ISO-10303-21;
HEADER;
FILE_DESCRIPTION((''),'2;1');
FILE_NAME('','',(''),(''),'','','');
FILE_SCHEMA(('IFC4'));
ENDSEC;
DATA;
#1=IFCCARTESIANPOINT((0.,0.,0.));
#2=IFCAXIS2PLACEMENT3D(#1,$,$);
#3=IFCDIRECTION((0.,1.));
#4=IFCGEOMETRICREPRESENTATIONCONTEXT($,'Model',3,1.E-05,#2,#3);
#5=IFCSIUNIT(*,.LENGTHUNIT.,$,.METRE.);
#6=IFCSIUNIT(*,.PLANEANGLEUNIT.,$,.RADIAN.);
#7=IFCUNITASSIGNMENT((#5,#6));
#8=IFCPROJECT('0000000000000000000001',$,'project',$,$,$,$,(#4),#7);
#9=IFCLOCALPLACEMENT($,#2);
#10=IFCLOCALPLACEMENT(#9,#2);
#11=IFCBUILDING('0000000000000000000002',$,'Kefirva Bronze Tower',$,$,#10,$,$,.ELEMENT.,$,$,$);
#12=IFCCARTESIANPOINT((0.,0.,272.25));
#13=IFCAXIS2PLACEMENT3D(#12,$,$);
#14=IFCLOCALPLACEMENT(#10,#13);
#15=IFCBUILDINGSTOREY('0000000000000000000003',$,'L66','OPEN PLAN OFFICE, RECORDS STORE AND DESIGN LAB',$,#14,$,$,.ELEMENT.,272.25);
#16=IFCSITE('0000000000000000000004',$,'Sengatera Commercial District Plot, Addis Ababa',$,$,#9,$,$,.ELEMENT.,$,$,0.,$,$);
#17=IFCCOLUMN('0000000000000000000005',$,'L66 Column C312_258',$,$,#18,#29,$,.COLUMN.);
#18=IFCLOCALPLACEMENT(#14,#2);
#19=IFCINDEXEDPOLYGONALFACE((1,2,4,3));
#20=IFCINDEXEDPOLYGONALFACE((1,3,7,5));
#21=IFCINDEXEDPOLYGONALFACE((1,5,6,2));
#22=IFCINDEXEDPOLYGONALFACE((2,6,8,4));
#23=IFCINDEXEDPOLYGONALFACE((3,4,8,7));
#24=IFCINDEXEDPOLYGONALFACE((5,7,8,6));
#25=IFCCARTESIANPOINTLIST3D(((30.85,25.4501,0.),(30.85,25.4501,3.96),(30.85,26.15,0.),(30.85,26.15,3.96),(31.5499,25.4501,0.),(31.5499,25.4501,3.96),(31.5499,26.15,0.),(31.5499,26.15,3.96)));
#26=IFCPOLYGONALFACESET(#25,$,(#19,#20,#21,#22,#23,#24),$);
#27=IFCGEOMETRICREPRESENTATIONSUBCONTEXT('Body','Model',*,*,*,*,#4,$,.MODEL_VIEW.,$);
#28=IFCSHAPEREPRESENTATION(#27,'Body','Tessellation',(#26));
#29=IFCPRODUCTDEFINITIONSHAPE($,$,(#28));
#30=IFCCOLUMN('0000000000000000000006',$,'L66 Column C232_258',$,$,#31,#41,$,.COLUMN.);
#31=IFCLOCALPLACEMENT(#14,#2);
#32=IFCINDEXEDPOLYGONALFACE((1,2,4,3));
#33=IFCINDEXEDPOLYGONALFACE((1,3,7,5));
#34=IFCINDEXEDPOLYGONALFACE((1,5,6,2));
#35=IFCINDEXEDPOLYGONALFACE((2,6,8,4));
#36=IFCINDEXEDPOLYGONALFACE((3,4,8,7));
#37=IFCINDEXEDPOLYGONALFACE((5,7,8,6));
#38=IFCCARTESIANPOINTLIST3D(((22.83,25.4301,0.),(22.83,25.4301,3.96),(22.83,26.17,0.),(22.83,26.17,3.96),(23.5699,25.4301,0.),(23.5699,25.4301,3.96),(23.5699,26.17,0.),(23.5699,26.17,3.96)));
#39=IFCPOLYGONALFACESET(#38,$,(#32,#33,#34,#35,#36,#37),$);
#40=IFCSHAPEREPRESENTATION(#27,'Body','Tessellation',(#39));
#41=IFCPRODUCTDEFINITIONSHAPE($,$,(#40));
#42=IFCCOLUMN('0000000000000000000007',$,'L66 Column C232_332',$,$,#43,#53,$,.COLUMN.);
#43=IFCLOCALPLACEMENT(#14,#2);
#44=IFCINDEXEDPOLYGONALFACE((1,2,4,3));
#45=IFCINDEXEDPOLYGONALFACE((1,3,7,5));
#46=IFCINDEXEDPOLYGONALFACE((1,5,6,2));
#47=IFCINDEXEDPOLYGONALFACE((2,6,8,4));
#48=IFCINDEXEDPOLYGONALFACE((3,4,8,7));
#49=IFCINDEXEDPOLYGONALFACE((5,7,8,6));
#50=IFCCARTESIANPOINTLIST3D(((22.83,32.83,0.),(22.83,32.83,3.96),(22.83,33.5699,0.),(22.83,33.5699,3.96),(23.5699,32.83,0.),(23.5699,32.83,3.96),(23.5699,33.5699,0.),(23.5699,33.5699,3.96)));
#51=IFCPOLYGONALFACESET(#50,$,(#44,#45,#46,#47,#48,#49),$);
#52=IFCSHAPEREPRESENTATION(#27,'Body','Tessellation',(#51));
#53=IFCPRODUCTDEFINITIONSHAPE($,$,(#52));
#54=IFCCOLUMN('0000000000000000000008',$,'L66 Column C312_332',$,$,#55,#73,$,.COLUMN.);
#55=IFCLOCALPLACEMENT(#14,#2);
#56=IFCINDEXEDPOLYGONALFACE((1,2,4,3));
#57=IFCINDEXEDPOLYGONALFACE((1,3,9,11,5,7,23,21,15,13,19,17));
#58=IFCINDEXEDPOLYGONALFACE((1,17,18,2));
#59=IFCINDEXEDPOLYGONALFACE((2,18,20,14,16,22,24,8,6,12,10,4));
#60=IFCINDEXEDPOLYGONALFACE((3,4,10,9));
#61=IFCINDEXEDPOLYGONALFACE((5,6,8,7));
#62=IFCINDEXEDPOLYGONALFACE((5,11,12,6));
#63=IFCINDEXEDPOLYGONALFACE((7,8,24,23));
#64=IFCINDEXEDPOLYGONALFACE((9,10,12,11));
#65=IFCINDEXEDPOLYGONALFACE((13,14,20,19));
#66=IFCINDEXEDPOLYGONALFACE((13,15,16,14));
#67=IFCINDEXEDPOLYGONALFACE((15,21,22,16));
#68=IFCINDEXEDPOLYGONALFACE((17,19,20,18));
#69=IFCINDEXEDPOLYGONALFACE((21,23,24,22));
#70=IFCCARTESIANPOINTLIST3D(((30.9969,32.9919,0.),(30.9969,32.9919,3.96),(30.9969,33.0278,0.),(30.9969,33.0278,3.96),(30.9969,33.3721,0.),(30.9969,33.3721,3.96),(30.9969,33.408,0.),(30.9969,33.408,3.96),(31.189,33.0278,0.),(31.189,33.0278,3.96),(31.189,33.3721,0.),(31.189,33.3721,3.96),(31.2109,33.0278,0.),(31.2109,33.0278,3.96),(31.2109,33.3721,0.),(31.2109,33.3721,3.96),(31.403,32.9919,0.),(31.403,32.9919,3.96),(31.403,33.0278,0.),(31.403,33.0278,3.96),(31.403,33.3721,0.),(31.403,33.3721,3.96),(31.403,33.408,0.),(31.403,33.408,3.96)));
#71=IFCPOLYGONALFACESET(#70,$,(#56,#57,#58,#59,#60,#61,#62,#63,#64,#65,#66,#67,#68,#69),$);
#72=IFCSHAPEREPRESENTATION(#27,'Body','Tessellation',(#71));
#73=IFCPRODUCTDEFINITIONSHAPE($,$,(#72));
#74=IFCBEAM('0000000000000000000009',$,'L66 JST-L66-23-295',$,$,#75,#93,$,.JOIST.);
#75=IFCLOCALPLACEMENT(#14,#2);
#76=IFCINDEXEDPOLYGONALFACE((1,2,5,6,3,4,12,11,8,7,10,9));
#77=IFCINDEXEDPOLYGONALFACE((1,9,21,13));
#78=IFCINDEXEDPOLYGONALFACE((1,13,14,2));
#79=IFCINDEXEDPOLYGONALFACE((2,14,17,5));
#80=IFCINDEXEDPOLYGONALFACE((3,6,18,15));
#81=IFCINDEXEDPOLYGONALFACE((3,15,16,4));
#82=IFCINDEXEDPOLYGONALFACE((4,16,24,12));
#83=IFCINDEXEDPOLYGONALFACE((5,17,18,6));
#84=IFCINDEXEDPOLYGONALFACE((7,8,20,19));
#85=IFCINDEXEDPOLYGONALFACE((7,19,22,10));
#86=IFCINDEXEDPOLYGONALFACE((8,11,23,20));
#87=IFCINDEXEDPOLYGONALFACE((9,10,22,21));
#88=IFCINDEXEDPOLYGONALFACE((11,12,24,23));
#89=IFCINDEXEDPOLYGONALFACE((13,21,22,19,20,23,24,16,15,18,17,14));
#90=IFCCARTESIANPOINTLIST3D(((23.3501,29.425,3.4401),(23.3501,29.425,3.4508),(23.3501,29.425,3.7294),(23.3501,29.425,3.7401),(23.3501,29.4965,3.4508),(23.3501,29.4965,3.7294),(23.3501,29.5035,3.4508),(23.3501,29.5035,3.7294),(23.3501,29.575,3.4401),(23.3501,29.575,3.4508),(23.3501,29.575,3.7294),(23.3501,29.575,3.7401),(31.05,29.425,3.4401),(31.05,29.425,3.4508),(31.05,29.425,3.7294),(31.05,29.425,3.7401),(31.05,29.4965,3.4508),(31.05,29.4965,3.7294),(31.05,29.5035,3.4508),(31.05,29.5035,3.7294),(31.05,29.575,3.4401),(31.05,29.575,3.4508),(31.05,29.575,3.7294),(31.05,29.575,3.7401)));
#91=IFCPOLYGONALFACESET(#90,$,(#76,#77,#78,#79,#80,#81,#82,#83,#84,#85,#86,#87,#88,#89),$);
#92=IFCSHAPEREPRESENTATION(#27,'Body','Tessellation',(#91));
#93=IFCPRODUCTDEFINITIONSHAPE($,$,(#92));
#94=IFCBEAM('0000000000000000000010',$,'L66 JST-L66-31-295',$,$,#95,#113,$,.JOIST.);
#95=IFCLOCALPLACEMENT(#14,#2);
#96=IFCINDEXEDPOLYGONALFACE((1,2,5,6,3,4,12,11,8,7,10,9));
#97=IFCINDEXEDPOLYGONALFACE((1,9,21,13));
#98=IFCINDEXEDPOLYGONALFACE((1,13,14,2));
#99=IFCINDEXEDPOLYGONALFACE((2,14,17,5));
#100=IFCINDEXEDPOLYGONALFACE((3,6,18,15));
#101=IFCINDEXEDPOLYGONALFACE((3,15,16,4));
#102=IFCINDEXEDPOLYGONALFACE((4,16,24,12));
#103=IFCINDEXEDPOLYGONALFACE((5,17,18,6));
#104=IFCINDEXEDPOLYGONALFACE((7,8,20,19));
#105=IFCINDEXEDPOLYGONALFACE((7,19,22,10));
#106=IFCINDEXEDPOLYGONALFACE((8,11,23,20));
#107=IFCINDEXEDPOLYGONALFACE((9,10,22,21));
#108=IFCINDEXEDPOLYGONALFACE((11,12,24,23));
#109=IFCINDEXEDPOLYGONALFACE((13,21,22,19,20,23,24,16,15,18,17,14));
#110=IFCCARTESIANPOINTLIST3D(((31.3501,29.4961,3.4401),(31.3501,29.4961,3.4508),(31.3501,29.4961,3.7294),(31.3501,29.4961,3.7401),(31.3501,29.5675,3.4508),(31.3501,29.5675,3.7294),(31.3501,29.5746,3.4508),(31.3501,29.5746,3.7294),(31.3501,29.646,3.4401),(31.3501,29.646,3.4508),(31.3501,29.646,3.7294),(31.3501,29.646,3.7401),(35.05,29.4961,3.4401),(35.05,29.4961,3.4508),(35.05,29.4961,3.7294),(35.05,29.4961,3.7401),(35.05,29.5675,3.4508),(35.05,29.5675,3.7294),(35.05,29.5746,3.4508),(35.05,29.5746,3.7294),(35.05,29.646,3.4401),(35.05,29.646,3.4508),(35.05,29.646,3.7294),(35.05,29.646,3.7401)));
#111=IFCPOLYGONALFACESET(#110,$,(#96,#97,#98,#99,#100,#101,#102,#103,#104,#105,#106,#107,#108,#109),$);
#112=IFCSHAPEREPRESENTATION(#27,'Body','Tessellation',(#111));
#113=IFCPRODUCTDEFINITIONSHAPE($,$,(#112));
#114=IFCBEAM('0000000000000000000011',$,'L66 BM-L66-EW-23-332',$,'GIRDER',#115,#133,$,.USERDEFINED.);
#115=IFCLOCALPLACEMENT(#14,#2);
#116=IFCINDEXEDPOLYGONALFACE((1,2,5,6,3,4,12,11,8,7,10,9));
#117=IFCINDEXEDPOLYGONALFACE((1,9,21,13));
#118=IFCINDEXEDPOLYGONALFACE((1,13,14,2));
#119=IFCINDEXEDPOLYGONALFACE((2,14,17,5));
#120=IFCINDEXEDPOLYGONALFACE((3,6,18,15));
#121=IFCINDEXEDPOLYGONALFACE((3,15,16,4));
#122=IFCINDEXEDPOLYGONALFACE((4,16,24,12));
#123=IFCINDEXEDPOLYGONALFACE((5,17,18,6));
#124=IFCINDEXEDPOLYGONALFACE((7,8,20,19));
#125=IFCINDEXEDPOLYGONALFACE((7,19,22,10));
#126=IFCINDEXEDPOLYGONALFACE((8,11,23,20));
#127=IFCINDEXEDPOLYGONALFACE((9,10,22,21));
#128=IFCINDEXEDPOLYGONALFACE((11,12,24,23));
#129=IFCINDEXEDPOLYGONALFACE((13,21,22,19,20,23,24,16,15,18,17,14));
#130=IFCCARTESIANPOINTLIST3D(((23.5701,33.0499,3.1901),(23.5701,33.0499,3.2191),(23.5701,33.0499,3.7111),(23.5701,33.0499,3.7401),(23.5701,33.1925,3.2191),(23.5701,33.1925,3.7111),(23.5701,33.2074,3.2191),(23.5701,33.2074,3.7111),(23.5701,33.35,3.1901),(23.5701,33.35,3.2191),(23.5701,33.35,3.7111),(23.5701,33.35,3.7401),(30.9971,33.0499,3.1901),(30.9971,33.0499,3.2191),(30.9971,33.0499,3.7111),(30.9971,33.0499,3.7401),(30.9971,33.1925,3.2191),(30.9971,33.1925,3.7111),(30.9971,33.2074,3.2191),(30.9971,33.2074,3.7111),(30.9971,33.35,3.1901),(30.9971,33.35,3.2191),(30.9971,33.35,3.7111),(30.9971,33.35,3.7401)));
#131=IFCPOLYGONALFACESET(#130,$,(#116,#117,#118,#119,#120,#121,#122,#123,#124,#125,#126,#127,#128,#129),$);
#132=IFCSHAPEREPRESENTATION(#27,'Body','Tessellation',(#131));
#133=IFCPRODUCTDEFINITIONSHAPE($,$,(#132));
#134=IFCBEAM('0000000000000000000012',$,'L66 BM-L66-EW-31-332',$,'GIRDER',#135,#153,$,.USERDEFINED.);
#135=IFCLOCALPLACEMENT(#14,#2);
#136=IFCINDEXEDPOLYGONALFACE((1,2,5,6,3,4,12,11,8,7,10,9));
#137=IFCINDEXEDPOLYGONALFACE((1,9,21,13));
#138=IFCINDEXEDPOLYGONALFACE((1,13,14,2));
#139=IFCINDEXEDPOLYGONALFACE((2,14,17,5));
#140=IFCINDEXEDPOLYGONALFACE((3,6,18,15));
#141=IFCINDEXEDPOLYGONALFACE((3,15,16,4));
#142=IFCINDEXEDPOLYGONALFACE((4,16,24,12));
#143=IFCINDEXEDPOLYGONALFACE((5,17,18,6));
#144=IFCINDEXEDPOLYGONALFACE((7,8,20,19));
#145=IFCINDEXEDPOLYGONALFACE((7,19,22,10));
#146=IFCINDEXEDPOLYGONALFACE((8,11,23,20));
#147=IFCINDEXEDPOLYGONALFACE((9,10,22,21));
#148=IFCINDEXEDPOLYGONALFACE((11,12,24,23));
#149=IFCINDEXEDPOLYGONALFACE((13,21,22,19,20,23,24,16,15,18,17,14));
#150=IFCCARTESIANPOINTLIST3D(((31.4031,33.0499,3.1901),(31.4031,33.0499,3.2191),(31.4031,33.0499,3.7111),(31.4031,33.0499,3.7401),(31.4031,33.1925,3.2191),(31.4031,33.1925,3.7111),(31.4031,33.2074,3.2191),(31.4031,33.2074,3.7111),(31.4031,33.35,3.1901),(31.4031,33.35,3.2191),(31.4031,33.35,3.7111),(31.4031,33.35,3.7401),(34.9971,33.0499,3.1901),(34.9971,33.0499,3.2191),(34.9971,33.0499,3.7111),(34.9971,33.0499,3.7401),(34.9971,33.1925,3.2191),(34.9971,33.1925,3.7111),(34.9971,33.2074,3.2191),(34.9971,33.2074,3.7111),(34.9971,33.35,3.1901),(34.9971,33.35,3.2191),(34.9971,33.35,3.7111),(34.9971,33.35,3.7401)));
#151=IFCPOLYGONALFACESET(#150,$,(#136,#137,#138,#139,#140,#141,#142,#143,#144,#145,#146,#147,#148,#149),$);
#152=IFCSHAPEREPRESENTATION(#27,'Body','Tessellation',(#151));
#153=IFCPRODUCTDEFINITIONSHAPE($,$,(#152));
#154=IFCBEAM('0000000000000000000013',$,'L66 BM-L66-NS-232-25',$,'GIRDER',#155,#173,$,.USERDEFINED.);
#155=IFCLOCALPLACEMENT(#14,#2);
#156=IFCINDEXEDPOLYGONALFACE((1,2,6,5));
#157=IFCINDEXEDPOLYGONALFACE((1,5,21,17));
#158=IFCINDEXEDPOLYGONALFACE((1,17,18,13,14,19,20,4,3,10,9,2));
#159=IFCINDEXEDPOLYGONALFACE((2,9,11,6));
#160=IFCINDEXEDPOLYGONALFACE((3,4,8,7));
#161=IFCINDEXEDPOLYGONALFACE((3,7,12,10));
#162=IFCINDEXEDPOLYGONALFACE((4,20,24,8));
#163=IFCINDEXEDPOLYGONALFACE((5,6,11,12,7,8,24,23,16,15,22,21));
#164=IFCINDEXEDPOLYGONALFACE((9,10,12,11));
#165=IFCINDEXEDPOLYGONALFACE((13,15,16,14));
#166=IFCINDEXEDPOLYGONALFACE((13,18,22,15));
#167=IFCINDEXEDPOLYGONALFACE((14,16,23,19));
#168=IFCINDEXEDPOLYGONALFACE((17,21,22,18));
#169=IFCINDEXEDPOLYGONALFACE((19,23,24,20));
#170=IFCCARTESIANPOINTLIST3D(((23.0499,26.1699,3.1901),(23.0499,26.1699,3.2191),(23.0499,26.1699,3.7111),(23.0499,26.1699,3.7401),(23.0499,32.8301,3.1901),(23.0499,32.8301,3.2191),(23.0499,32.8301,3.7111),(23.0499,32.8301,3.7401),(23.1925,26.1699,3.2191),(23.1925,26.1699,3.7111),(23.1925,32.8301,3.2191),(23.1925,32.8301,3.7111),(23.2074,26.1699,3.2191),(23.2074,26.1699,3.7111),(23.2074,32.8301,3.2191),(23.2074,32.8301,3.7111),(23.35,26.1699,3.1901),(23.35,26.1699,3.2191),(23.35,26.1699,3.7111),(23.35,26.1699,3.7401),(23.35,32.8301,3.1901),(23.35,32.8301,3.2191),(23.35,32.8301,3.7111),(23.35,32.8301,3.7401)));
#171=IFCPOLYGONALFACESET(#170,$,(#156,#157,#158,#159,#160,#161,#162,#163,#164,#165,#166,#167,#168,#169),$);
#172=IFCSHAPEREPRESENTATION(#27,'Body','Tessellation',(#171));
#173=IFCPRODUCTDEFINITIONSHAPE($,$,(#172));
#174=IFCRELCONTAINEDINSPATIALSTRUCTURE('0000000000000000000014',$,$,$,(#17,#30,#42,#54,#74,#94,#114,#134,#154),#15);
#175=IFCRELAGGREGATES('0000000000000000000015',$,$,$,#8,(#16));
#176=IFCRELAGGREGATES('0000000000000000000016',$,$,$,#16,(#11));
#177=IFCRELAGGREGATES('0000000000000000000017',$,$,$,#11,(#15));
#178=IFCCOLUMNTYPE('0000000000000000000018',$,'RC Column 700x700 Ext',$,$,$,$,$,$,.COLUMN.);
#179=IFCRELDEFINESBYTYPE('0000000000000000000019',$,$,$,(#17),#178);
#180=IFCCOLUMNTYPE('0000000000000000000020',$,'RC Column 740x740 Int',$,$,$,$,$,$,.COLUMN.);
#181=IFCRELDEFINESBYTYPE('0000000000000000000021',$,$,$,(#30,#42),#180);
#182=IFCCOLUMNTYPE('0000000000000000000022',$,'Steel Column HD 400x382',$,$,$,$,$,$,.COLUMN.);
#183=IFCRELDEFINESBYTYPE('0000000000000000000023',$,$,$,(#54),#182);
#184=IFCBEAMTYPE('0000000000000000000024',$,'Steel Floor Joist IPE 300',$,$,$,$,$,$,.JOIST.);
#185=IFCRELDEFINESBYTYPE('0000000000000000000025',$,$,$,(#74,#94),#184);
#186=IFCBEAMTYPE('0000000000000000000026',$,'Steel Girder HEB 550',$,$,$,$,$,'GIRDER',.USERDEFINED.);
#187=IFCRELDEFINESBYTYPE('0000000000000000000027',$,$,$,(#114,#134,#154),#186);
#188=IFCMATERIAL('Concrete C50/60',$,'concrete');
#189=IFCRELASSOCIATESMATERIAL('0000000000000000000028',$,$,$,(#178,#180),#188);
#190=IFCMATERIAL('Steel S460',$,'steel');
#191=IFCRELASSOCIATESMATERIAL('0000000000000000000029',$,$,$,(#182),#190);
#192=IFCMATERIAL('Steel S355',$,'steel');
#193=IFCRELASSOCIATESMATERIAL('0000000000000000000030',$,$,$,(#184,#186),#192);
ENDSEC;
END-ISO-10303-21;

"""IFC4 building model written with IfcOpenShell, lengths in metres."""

from ifc_helpers import new_model, si_unit, direction, frame, origin, origin_2d, place, context, subcontext, project, spatial, rectangle, i_section, extrude, material, material_profile, profile_set, type_object, element, save


model = new_model("IFC4")

# Units and contexts
model_context = context("Model", 3, precision=1e-05, world=origin(), true_north=direction((0.0, 1.0)))
body_context = subcontext(model_context, "Body", "Model", "MODEL_VIEW")
ifc_project = project(units=[si_unit("LENGTHUNIT", "METRE"), si_unit("PLANEANGLEUNIT", "RADIAN")], contexts=[model_context])

# Site, building, storey
site_placement = place(None, origin())
site = spatial("IfcSite", under=ifc_project, at=site_placement, Name="Sengatera Commercial District Plot, Addis Ababa", CompositionType="ELEMENT", RefElevation=0.0)
building_placement = place(site_placement, origin())
building = spatial("IfcBuilding", under=site, at=building_placement, Name="Kefirva Bronze Tower", CompositionType="ELEMENT")
storey_placement = place(building_placement, frame((0.0, 0.0, 272.25)))
storey = spatial("IfcBuildingStorey", under=building, at=storey_placement, Name="L66", Description="OPEN PLAN OFFICE, RECORDS STORE AND DESIGN LAB", CompositionType="ELEMENT", Elevation=272.25)

# Columns
ifc_material_1 = material(Name="Concrete C50/60", Category="concrete")
ifc_material_profile_1 = material_profile(ifc_material_1, rectangle(XDim=0.7, YDim=0.7, at=origin_2d()), Name="RC 700x700")
ifc_profile_set_1 = profile_set([ifc_material_profile_1], Name="Concrete C50/60")
column_type_1 = type_object("IfcColumnType", Name="RC Column 700x700 Ext", PredefinedType="COLUMN", material=ifc_profile_set_1)
column_1_placement = place(storey_placement, frame((31.2, 25.8, 0.0), z_axis=(0.0, 0.0, 1.0), x_axis=(1.0, 0.0, 0.0)))
element("IfcColumn", 1, at=column_1_placement, inside=storey, type_object=column_type_1, Name="L66 Column C312_258", PredefinedType="COLUMN", context=body_context, shape_type="SweptSolid", body=[
    extrude(rectangle(XDim=0.7, YDim=0.7, at=origin_2d()), origin(), (0.0, 0.0, 1.0), 3.96),
])
ifc_material_profile_2 = material_profile(ifc_material_1, rectangle(XDim=0.74, YDim=0.74, at=origin_2d()), Name="RC 740x740")
ifc_profile_set_2 = profile_set([ifc_material_profile_2], Name="Concrete C50/60")
column_type_2 = type_object("IfcColumnType", Name="RC Column 740x740 Int", PredefinedType="COLUMN", material=ifc_profile_set_2)
for number, where, z_axis, x_axis, name in (
    (2, (23.2, 25.8, 0.0), (0.0, 0.0, 1.0), (1.0, 0.0, 0.0), "L66 Column C232_258"),
    (3, (23.2, 33.2, 0.0), (0.0, 0.0, 1.0), (1.0, 0.0, 0.0), "L66 Column C232_332"),
):
    element("IfcColumn", number, at=place(storey_placement, frame(where, z_axis=z_axis, x_axis=x_axis)), inside=storey, type_object=column_type_2, Name=name, PredefinedType="COLUMN", context=body_context, shape_type="SweptSolid", body=[
        extrude(rectangle(XDim=0.74, YDim=0.74, at=origin_2d()), origin(), (0.0, 0.0, 1.0), 3.96),
    ])
ifc_material_2 = material(Name="Steel S460", Category="steel")
ifc_material_profile_3 = material_profile(ifc_material_2, i_section(OverallWidth=0.406, OverallDepth=0.416, WebThickness=0.022, FlangeThickness=0.0359, at=origin_2d()), Name="HD 400x382")
ifc_profile_set_3 = profile_set([ifc_material_profile_3], Name="Steel S460")
column_type_3 = type_object("IfcColumnType", Name="Steel Column HD 400x382", PredefinedType="COLUMN", material=ifc_profile_set_3)
column_2_placement = place(storey_placement, frame((31.2, 33.2, 0.0), z_axis=(0.0, 0.0, 1.0), x_axis=(1.0, 0.0, 0.0)))
element("IfcColumn", 4, at=column_2_placement, inside=storey, type_object=column_type_3, Name="L66 Column C312_332", PredefinedType="COLUMN", context=body_context, shape_type="SweptSolid", body=[
    extrude(i_section(OverallWidth=0.406, OverallDepth=0.416, WebThickness=0.022, FlangeThickness=0.0359, at=origin_2d()), origin(), (0.0, 0.0, 1.0), 3.96),
])

# Beams
ifc_material_3 = material(Name="Steel S355", Category="steel")
ifc_material_profile_4 = material_profile(ifc_material_3, i_section(OverallWidth=0.1499, OverallDepth=0.3, WebThickness=0.0071, FlangeThickness=0.0107, at=origin_2d()), Name="IPE 300")
ifc_profile_set_4 = profile_set([ifc_material_profile_4], Name="Steel S355")
beam_type_1 = type_object("IfcBeamType", Name="Steel Floor Joist IPE 300", PredefinedType="JOIST", material=ifc_profile_set_4)
beam_1_placement = place(storey_placement, frame((23.3501, 29.5, 3.5901), z_axis=(1.0, 0.0, 0.0), x_axis=(0.0, 1.0, 0.0)))
element("IfcBeam", 5, at=beam_1_placement, inside=storey, type_object=beam_type_1, Name="L66 JST-L66-23-295", PredefinedType="JOIST", context=body_context, shape_type="SweptSolid", body=[
    extrude(i_section(OverallWidth=0.1499, OverallDepth=0.3, WebThickness=0.0071, FlangeThickness=0.0107, at=origin_2d()), origin(), (0.0, 0.0, 1.0), 7.7),
])
beam_2_placement = place(storey_placement, frame((31.3501, 29.571, 3.5901), z_axis=(1.0, 0.0, 0.0), x_axis=(0.0, 1.0, 0.0)))
element("IfcBeam", 6, at=beam_2_placement, inside=storey, type_object=beam_type_1, Name="L66 JST-L66-31-295", PredefinedType="JOIST", context=body_context, shape_type="SweptSolid", body=[
    extrude(i_section(OverallWidth=0.1499, OverallDepth=0.3, WebThickness=0.0071, FlangeThickness=0.0107, at=origin_2d()), origin(), (0.0, 0.0, 1.0), 3.7),
])
ifc_material_profile_5 = material_profile(ifc_material_3, i_section(OverallWidth=0.3, OverallDepth=0.55, WebThickness=0.0149, FlangeThickness=0.0291, at=origin_2d()), Name="HEB 550")
ifc_profile_set_5 = profile_set([ifc_material_profile_5], Name="Steel S355")
beam_type_2 = type_object("IfcBeamType", Name="Steel Girder HEB 550", ElementType="GIRDER", PredefinedType="USERDEFINED", material=ifc_profile_set_5)
beam_3_placement = place(storey_placement, frame((23.5701, 33.2, 3.4651), z_axis=(1.0, 0.0, 0.0), x_axis=(0.0, 1.0, 0.0)))
element("IfcBeam", 7, at=beam_3_placement, inside=storey, type_object=beam_type_2, Name="L66 BM-L66-EW-23-332", ObjectType="GIRDER", PredefinedType="USERDEFINED", context=body_context, shape_type="SweptSolid", body=[
    extrude(i_section(OverallWidth=0.3, OverallDepth=0.55, WebThickness=0.0149, FlangeThickness=0.0291, at=origin_2d()), origin(), (0.0, 0.0, 1.0), 7.427),
])
beam_4_placement = place(storey_placement, frame((31.4031, 33.2, 3.4651), z_axis=(1.0, 0.0, 0.0), x_axis=(0.0, 1.0, 0.0)))
element("IfcBeam", 8, at=beam_4_placement, inside=storey, type_object=beam_type_2, Name="L66 BM-L66-EW-31-332", ObjectType="GIRDER", PredefinedType="USERDEFINED", context=body_context, shape_type="SweptSolid", body=[
    extrude(i_section(OverallWidth=0.3, OverallDepth=0.55, WebThickness=0.0149, FlangeThickness=0.0291, at=origin_2d()), origin(), (0.0, 0.0, 1.0), 3.594),
])
beam_5_placement = place(storey_placement, frame((23.2, 26.1699, 3.4651), z_axis=(0.0, 1.0, 0.0), x_axis=(-1.0, 0.0, 0.0)))
element("IfcBeam", 9, at=beam_5_placement, inside=storey, type_object=beam_type_2, Name="L66 BM-L66-NS-232-25", ObjectType="GIRDER", PredefinedType="USERDEFINED", context=body_context, shape_type="SweptSolid", body=[
    extrude(i_section(OverallWidth=0.3, OverallDepth=0.55, WebThickness=0.0149, FlangeThickness=0.0291, at=origin_2d()), origin(), (0.0, 0.0, 1.0), 6.6602),
])

save(model, "model.ifc")
